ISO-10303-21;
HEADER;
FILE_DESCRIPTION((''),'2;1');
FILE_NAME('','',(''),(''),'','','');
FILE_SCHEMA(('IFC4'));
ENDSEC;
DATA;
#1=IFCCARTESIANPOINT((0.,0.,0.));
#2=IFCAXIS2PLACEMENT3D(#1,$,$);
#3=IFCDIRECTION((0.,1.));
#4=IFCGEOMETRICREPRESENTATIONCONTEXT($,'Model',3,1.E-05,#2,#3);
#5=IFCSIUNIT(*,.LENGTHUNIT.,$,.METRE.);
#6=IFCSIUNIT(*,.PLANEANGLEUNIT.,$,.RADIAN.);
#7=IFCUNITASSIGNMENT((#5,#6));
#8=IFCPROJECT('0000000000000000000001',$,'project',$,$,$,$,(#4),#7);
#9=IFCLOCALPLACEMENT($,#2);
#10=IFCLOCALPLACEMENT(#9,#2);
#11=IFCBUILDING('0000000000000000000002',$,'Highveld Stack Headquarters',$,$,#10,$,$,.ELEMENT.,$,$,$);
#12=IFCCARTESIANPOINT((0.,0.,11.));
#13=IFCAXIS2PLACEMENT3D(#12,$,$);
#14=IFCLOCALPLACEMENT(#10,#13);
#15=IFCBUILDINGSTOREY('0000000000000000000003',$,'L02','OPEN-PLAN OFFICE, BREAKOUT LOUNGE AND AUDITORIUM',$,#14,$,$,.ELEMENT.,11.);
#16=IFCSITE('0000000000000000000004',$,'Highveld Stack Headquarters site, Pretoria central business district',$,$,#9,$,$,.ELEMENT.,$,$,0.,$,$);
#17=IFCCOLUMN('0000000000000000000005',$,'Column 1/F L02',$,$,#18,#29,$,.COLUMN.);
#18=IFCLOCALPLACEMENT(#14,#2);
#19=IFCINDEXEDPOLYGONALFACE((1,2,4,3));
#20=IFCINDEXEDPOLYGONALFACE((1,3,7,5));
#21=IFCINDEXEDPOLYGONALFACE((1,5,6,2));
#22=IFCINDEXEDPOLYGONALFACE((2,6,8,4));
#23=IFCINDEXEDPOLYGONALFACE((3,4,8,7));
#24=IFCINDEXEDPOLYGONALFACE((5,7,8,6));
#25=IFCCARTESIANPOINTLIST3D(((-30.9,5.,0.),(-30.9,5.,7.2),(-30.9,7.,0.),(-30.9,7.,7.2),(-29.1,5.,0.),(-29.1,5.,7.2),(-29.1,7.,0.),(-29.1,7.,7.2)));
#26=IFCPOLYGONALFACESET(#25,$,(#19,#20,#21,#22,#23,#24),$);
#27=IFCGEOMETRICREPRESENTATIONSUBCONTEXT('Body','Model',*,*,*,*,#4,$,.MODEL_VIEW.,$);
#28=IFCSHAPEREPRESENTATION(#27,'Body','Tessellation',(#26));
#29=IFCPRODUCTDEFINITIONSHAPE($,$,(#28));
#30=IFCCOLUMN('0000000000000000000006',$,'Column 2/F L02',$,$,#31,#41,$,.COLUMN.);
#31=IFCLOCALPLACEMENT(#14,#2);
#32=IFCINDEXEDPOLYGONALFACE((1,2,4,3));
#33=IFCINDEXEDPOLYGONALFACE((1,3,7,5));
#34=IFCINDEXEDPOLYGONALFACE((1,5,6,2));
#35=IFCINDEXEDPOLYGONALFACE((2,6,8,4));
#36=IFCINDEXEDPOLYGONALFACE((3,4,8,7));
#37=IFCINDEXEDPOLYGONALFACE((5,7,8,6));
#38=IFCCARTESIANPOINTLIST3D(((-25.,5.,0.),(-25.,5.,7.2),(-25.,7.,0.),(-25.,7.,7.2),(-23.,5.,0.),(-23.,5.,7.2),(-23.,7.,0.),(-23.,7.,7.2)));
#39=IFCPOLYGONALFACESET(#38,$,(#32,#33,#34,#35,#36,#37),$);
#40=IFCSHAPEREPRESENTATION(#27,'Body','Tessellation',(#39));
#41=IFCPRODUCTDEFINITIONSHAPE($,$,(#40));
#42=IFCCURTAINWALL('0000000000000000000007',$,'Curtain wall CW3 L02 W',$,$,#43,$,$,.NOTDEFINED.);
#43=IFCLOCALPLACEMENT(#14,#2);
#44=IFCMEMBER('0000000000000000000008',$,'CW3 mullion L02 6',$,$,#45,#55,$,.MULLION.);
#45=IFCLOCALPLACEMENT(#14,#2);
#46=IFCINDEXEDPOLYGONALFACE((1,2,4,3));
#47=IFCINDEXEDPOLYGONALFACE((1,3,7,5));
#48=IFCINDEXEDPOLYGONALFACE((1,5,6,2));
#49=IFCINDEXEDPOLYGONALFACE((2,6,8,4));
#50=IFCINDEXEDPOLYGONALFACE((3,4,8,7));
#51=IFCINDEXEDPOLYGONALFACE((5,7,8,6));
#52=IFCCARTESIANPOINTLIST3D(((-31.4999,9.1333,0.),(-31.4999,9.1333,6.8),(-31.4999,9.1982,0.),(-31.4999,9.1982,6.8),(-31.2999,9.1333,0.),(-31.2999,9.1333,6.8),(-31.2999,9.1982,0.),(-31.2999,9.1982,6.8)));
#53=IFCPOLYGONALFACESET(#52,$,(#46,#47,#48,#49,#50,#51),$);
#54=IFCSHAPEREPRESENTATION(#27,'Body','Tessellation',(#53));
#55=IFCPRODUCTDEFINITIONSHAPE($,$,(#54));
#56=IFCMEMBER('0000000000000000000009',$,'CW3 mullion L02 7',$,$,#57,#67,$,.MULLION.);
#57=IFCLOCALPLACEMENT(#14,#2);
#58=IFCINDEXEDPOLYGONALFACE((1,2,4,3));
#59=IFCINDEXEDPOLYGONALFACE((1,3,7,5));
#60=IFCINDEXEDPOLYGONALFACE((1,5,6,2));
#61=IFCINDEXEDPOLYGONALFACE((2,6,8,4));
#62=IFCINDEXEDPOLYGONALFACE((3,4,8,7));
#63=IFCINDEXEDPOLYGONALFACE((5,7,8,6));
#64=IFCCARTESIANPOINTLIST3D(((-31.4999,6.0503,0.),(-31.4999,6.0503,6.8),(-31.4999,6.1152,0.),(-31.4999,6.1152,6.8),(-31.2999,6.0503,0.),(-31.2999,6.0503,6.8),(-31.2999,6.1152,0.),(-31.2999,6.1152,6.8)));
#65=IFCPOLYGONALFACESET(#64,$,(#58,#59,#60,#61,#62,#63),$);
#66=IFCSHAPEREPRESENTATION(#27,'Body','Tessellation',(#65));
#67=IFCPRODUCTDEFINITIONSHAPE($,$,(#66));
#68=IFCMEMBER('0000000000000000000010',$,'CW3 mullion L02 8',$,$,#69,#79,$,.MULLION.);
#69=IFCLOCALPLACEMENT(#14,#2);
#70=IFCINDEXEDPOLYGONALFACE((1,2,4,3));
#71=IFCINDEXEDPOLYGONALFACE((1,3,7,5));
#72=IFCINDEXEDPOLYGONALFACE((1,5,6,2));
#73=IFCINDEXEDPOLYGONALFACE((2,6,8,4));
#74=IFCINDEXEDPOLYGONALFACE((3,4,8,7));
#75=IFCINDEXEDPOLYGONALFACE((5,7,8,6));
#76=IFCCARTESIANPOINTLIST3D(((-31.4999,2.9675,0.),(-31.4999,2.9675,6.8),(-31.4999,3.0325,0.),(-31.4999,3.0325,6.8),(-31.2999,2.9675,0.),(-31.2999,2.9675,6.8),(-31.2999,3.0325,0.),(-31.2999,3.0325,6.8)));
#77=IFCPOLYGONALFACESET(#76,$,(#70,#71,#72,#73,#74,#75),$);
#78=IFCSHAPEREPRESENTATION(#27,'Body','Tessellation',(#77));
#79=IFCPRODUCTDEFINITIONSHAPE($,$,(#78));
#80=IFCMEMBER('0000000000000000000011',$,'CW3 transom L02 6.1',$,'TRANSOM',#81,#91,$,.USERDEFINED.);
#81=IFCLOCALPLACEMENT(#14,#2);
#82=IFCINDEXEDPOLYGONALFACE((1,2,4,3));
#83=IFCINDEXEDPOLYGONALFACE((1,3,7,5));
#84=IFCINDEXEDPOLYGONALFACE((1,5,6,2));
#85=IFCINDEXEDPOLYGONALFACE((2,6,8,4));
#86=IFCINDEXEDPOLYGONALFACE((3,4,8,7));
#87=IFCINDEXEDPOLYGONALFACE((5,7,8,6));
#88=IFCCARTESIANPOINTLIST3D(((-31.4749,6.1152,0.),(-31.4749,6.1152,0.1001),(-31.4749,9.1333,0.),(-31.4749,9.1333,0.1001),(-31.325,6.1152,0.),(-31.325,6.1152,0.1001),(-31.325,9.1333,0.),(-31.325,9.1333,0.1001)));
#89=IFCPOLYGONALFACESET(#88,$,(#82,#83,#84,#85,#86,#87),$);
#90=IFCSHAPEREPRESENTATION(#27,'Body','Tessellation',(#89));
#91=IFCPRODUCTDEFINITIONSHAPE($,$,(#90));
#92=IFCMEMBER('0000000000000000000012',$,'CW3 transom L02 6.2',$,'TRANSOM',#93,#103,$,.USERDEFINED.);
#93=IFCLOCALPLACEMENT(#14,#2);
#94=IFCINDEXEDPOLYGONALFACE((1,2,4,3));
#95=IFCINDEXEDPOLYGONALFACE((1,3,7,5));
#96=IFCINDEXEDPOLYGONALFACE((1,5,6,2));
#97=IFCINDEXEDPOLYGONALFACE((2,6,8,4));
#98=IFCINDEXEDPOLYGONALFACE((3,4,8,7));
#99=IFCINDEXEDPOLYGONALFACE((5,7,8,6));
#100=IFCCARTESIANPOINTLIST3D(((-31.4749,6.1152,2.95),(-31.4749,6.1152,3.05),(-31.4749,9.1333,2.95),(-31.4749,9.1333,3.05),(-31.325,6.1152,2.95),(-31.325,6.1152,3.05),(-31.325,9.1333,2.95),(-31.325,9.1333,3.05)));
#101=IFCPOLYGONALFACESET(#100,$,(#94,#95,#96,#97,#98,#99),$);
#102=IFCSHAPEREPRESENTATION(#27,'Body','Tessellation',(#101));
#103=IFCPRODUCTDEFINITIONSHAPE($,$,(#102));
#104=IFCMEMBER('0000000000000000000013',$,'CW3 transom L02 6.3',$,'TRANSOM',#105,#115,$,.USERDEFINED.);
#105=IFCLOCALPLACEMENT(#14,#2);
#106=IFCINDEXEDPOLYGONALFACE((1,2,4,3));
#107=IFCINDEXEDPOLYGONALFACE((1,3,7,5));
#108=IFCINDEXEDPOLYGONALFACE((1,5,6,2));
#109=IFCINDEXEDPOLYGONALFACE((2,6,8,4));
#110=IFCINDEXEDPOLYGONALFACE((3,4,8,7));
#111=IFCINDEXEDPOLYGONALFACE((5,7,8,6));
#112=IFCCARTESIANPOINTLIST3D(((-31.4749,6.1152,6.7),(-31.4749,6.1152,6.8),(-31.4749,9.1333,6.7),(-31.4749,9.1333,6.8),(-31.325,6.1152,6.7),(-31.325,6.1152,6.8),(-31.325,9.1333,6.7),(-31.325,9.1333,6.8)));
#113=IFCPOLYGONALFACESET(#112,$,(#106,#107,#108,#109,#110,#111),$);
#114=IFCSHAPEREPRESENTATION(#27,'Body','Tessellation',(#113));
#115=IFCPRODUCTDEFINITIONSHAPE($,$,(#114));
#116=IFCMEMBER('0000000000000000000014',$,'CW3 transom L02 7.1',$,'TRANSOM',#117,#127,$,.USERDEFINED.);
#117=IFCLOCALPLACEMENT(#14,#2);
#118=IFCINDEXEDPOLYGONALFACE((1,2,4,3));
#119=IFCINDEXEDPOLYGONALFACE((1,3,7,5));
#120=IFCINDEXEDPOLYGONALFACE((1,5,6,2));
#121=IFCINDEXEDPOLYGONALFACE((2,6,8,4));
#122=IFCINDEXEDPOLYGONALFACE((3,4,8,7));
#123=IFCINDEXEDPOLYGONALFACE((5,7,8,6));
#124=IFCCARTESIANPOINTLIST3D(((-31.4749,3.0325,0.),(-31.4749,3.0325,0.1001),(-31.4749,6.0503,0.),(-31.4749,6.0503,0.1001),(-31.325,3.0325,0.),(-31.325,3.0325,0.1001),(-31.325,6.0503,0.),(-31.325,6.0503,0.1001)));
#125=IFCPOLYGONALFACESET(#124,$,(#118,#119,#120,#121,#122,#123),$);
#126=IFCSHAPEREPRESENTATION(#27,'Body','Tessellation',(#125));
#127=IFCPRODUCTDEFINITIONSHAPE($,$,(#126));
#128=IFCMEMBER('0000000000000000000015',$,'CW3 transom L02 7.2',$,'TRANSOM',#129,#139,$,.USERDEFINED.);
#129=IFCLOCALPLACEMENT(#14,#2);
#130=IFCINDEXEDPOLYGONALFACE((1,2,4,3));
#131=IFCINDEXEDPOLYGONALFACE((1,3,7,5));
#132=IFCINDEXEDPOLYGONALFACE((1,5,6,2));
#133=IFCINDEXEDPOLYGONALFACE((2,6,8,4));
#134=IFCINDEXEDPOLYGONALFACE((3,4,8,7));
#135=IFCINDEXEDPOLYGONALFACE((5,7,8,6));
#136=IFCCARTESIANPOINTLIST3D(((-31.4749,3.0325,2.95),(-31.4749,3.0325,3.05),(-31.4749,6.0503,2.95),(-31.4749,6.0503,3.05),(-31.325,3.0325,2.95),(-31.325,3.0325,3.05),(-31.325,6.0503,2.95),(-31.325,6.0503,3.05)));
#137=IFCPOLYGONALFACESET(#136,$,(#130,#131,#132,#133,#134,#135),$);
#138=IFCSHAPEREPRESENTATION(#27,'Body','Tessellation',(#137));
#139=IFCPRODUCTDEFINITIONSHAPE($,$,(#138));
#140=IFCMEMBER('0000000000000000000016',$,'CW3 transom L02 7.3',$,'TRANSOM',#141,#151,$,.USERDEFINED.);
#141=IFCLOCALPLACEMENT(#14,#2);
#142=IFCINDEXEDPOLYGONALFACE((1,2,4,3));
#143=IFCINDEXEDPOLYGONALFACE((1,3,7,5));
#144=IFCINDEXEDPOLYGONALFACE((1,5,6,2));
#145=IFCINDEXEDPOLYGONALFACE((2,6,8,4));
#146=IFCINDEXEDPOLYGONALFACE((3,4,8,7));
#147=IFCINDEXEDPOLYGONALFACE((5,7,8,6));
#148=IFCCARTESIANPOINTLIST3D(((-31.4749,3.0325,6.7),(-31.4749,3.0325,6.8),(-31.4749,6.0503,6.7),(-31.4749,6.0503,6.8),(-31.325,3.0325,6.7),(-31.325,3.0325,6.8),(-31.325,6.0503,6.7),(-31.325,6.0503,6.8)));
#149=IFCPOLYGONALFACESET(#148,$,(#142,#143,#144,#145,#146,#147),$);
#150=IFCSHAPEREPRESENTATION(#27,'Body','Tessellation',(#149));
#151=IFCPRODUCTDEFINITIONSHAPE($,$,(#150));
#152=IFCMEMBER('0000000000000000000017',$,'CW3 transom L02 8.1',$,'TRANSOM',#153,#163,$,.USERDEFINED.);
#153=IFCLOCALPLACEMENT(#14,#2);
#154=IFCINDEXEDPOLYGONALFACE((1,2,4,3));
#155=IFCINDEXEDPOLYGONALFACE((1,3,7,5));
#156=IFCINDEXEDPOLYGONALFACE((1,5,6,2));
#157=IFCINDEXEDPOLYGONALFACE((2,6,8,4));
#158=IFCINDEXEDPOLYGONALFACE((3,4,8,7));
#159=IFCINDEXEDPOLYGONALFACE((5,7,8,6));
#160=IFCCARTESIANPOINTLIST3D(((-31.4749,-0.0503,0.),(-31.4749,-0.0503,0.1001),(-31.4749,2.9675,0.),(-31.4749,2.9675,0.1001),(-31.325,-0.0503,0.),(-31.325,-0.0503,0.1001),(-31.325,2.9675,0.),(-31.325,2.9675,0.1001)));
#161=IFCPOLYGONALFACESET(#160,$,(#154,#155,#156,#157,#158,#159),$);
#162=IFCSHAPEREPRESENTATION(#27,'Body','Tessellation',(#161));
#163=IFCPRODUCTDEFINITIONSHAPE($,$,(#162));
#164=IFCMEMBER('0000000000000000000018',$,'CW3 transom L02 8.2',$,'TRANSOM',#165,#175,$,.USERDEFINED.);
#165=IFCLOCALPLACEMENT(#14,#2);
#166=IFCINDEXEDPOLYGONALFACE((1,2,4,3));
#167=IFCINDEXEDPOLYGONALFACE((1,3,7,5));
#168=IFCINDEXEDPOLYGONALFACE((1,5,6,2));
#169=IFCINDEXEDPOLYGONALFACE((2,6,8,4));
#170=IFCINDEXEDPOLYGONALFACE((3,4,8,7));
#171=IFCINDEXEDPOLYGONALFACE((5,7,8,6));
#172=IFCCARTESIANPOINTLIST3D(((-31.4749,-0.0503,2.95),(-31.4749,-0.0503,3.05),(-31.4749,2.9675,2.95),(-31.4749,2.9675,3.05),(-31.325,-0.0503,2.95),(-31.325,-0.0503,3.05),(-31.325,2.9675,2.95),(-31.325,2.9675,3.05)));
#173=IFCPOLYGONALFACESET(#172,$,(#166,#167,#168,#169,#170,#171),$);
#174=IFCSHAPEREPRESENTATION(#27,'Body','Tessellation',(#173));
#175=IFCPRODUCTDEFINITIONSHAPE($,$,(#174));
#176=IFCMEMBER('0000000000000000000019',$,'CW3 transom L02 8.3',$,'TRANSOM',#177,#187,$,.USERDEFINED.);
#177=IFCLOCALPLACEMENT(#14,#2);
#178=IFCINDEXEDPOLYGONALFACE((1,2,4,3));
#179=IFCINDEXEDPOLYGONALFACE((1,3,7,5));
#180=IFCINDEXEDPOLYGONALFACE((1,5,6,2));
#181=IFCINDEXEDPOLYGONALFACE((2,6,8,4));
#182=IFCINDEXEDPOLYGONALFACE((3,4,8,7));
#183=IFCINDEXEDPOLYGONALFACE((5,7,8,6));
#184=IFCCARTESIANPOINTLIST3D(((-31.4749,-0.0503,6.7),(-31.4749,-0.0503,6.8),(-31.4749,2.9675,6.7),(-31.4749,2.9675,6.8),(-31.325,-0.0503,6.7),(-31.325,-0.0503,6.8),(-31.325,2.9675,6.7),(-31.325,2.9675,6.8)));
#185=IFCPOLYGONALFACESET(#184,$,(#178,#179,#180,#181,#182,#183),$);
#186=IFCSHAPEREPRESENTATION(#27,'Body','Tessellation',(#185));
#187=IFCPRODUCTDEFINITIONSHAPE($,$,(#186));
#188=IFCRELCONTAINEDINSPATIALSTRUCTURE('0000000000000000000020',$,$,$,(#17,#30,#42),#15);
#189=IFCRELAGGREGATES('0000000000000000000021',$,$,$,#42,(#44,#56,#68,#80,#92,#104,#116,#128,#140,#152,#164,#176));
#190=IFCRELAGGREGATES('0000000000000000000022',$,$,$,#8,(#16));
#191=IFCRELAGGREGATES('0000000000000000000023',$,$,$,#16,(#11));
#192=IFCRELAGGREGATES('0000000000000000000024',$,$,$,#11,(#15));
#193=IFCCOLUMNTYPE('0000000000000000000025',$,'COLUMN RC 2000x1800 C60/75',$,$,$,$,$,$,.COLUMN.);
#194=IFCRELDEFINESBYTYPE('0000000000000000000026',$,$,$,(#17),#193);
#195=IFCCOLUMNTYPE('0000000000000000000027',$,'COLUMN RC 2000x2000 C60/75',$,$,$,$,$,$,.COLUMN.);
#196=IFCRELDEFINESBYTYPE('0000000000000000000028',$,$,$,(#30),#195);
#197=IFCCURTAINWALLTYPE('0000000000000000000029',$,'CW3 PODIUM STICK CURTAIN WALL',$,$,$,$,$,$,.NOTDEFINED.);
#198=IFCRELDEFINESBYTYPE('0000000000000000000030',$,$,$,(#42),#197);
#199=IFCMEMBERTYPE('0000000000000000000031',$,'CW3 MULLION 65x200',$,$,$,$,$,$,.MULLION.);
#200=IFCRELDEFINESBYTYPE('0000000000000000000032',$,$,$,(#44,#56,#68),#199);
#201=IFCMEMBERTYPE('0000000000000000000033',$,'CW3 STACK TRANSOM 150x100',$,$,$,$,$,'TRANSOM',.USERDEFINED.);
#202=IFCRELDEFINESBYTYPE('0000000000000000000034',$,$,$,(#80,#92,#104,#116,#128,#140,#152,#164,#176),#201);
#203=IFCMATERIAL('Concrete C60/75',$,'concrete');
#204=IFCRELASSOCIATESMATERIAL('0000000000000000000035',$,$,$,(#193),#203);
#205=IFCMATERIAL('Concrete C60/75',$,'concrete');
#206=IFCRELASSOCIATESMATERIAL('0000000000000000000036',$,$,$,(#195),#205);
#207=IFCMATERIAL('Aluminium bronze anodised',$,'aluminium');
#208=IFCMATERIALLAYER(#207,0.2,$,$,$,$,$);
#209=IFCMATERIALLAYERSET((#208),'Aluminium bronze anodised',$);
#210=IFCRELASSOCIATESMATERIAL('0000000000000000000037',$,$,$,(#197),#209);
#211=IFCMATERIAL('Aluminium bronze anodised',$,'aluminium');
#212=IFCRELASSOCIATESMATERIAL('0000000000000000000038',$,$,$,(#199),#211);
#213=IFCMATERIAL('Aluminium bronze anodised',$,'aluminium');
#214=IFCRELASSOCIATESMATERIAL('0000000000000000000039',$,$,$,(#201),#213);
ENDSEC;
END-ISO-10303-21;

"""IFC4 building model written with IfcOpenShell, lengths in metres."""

from ifc_helpers import new_model, si_unit, direction, frame, origin, origin_2d, place, context, subcontext, project, spatial, rectangle, extrude, material, layer, layer_set, material_profile, profile_set, type_object, element, aggregate, save


model = new_model("IFC4")

# Units and contexts
model_context = context("Model", 3, precision=1e-05, world=origin(), true_north=direction((0.0, 1.0)))
body_context = subcontext(model_context, "Body", "Model", "MODEL_VIEW")
ifc_project = project(units=[si_unit("LENGTHUNIT", "METRE"), si_unit("PLANEANGLEUNIT", "RADIAN")], contexts=[model_context])

# Site, building, storey
site_placement = place(None, origin())
site = spatial("IfcSite", under=ifc_project, at=site_placement, Name="Highveld Stack Headquarters site, Pretoria central business district", CompositionType="ELEMENT", RefElevation=0.0)
building_placement = place(site_placement, origin())
building = spatial("IfcBuilding", under=site, at=building_placement, Name="Highveld Stack Headquarters", CompositionType="ELEMENT")
storey_placement = place(building_placement, frame((0.0, 0.0, 11.0)))
storey = spatial("IfcBuildingStorey", under=building, at=storey_placement, Name="L02", Description="OPEN-PLAN OFFICE, BREAKOUT LOUNGE AND AUDITORIUM", CompositionType="ELEMENT", Elevation=11.0)

# Columns
ifc_material_1 = material(Name="Concrete C60/75", Category="concrete")
ifc_material_profile_1 = material_profile(ifc_material_1, rectangle(XDim=2.0, YDim=1.8, at=origin_2d()), Name="RC 2000x1800")
ifc_profile_set_1 = profile_set([ifc_material_profile_1], Name="Concrete C60/75")
column_type_1 = type_object("IfcColumnType", Name="COLUMN RC 2000x1800 C60/75", PredefinedType="COLUMN", material=ifc_profile_set_1)
column_1_placement = place(storey_placement, frame((-30.0, 6.0, 0.0), z_axis=(0.0, 0.0, 1.0), x_axis=(0.0, 1.0, 0.0)))
element("IfcColumn", 1, at=column_1_placement, inside=storey, type_object=column_type_1, Name="Column 1/F L02", PredefinedType="COLUMN", context=body_context, shape_type="SweptSolid", body=[
    extrude(rectangle(XDim=2.0, YDim=1.8, at=origin_2d()), origin(), (0.0, 0.0, 1.0), 7.2),
])
ifc_material_2 = material(Name="Concrete C60/75", Category="concrete")
ifc_material_profile_2 = material_profile(ifc_material_2, rectangle(XDim=2.0, YDim=2.0, at=origin_2d()), Name="RC 2000x2000")
ifc_profile_set_2 = profile_set([ifc_material_profile_2], Name="Concrete C60/75")
column_type_2 = type_object("IfcColumnType", Name="COLUMN RC 2000x2000 C60/75", PredefinedType="COLUMN", material=ifc_profile_set_2)
column_2_placement = place(storey_placement, frame((-24.0, 6.0, 0.0), z_axis=(0.0, 0.0, 1.0), x_axis=(1.0, 0.0, 0.0)))
element("IfcColumn", 2, at=column_2_placement, inside=storey, type_object=column_type_2, Name="Column 2/F L02", PredefinedType="COLUMN", context=body_context, shape_type="SweptSolid", body=[
    extrude(rectangle(XDim=2.0, YDim=2.0, at=origin_2d()), origin(), (0.0, 0.0, 1.0), 7.2),
])

# Curtain wall, members
ifc_material_3 = material(Name="Aluminium bronze anodised", Category="aluminium")
ifc_layer_1 = layer(ifc_material_3, 0.2)
ifc_layer_set_1 = layer_set([ifc_layer_1], Name="Aluminium bronze anodised")
curtain_wall_type = type_object("IfcCurtainWallType", Name="CW3 PODIUM STICK CURTAIN WALL", PredefinedType="NOTDEFINED", material=ifc_layer_set_1)
curtain_wall_placement = place(storey_placement, origin())
curtain_wall = element("IfcCurtainWall", 3, at=curtain_wall_placement, inside=storey, type_object=curtain_wall_type, Name="Curtain wall CW3 L02 W", PredefinedType="NOTDEFINED")
ifc_material_4 = material(Name="Aluminium bronze anodised", Category="aluminium")
ifc_material_profile_3 = material_profile(ifc_material_4, rectangle(XDim=0.2, YDim=0.0649, at=origin_2d()), Name="CW3 MULLION 65x200")
ifc_profile_set_3 = profile_set([ifc_material_profile_3], Name="Aluminium bronze anodised")
member_type_1 = type_object("IfcMemberType", Name="CW3 MULLION 65x200", PredefinedType="MULLION", material=ifc_profile_set_3)
member_1_placement = place(storey_placement, frame((-31.3999, 9.1658, 0.0), z_axis=(0.0, 0.0, 1.0), x_axis=(1.0, 0.0, 0.0)))
member_1 = element("IfcMember", 4, at=member_1_placement, type_object=member_type_1, Name="CW3 mullion L02 6", PredefinedType="MULLION", context=body_context, shape_type="SweptSolid", body=[
    extrude(rectangle(XDim=0.2, YDim=0.0649, at=origin_2d()), origin(), (0.0, 0.0, 1.0), 6.8),
])
member_2_placement = place(storey_placement, frame((-31.3999, 6.0828, 0.0), z_axis=(0.0, 0.0, 1.0), x_axis=(1.0, 0.0, 0.0)))
member_2 = element("IfcMember", 5, at=member_2_placement, type_object=member_type_1, Name="CW3 mullion L02 7", PredefinedType="MULLION", context=body_context, shape_type="SweptSolid", body=[
    extrude(rectangle(XDim=0.2, YDim=0.0649, at=origin_2d()), origin(), (0.0, 0.0, 1.0), 6.8),
])
member_3_placement = place(storey_placement, frame((-31.3999, 3.0, 0.0), z_axis=(0.0, 0.0, 1.0), x_axis=(1.0, 0.0, 0.0)))
member_3 = element("IfcMember", 6, at=member_3_placement, type_object=member_type_1, Name="CW3 mullion L02 8", PredefinedType="MULLION", context=body_context, shape_type="SweptSolid", body=[
    extrude(rectangle(XDim=0.2, YDim=0.0649, at=origin_2d()), origin(), (0.0, 0.0, 1.0), 6.8),
])
ifc_material_5 = material(Name="Aluminium bronze anodised", Category="aluminium")
ifc_material_profile_4 = material_profile(ifc_material_5, rectangle(XDim=0.1499, YDim=0.1001, at=origin_2d()), Name="CW3 TRANSOM 150x100")
ifc_profile_set_4 = profile_set([ifc_material_profile_4], Name="Aluminium bronze anodised")
member_type_2 = type_object("IfcMemberType", Name="CW3 STACK TRANSOM 150x100", ElementType="TRANSOM", PredefinedType="USERDEFINED", material=ifc_profile_set_4)
member_4_placement = place(storey_placement, frame((-31.3999, 9.1333, 0.05), z_axis=(0.0, -1.0, 0.0), x_axis=(1.0, 0.0, 0.0)))
member_4 = element("IfcMember", 7, at=member_4_placement, type_object=member_type_2, Name="CW3 transom L02 6.1", ObjectType="TRANSOM", PredefinedType="USERDEFINED", context=body_context, shape_type="SweptSolid", body=[
    extrude(rectangle(XDim=0.1499, YDim=0.1001, at=origin_2d()), origin(), (0.0, 0.0, 1.0), 3.0181),
])
member_5_placement = place(storey_placement, frame((-31.3999, 9.1333, 3.0), z_axis=(0.0, -1.0, 0.0), x_axis=(1.0, 0.0, 0.0)))
member_5 = element("IfcMember", 8, at=member_5_placement, type_object=member_type_2, Name="CW3 transom L02 6.2", ObjectType="TRANSOM", PredefinedType="USERDEFINED", context=body_context, shape_type="SweptSolid", body=[
    extrude(rectangle(XDim=0.1499, YDim=0.1001, at=origin_2d()), origin(), (0.0, 0.0, 1.0), 3.0181),
])
member_6_placement = place(storey_placement, frame((-31.3999, 9.1333, 6.75), z_axis=(0.0, -1.0, 0.0), x_axis=(1.0, 0.0, 0.0)))
member_6 = element("IfcMember", 9, at=member_6_placement, type_object=member_type_2, Name="CW3 transom L02 6.3", ObjectType="TRANSOM", PredefinedType="USERDEFINED", context=body_context, shape_type="SweptSolid", body=[
    extrude(rectangle(XDim=0.1499, YDim=0.1001, at=origin_2d()), origin(), (0.0, 0.0, 1.0), 3.0181),
])
member_7_placement = place(storey_placement, frame((-31.3999, 6.0503, 0.05), z_axis=(0.0, -1.0, 0.0), x_axis=(1.0, 0.0, 0.0)))
member_7 = element("IfcMember", 10, at=member_7_placement, type_object=member_type_2, Name="CW3 transom L02 7.1", ObjectType="TRANSOM", PredefinedType="USERDEFINED", context=body_context, shape_type="SweptSolid", body=[
    extrude(rectangle(XDim=0.1499, YDim=0.1001, at=origin_2d()), origin(), (0.0, 0.0, 1.0), 3.0178),
])
member_8_placement = place(storey_placement, frame((-31.3999, 6.0503, 3.0), z_axis=(0.0, -1.0, 0.0), x_axis=(1.0, 0.0, 0.0)))
member_8 = element("IfcMember", 11, at=member_8_placement, type_object=member_type_2, Name="CW3 transom L02 7.2", ObjectType="TRANSOM", PredefinedType="USERDEFINED", context=body_context, shape_type="SweptSolid", body=[
    extrude(rectangle(XDim=0.1499, YDim=0.1001, at=origin_2d()), origin(), (0.0, 0.0, 1.0), 3.0178),
])
member_9_placement = place(storey_placement, frame((-31.3999, 6.0503, 6.75), z_axis=(0.0, -1.0, 0.0), x_axis=(1.0, 0.0, 0.0)))
member_9 = element("IfcMember", 12, at=member_9_placement, type_object=member_type_2, Name="CW3 transom L02 7.3", ObjectType="TRANSOM", PredefinedType="USERDEFINED", context=body_context, shape_type="SweptSolid", body=[
    extrude(rectangle(XDim=0.1499, YDim=0.1001, at=origin_2d()), origin(), (0.0, 0.0, 1.0), 3.0178),
])
member_10_placement = place(storey_placement, frame((-31.3999, 2.9675, 0.05), z_axis=(0.0, -1.0, 0.0), x_axis=(1.0, 0.0, 0.0)))
member_10 = element("IfcMember", 13, at=member_10_placement, type_object=member_type_2, Name="CW3 transom L02 8.1", ObjectType="TRANSOM", PredefinedType="USERDEFINED", context=body_context, shape_type="SweptSolid", body=[
    extrude(rectangle(XDim=0.1499, YDim=0.1001, at=origin_2d()), origin(), (0.0, 0.0, 1.0), 3.0178),
])
member_11_placement = place(storey_placement, frame((-31.3999, 2.9675, 3.0), z_axis=(0.0, -1.0, 0.0), x_axis=(1.0, 0.0, 0.0)))
member_11 = element("IfcMember", 14, at=member_11_placement, type_object=member_type_2, Name="CW3 transom L02 8.2", ObjectType="TRANSOM", PredefinedType="USERDEFINED", context=body_context, shape_type="SweptSolid", body=[
    extrude(rectangle(XDim=0.1499, YDim=0.1001, at=origin_2d()), origin(), (0.0, 0.0, 1.0), 3.0178),
])
member_12_placement = place(storey_placement, frame((-31.3999, 2.9675, 6.75), z_axis=(0.0, -1.0, 0.0), x_axis=(1.0, 0.0, 0.0)))
member_12 = element("IfcMember", 15, at=member_12_placement, type_object=member_type_2, Name="CW3 transom L02 8.3", ObjectType="TRANSOM", PredefinedType="USERDEFINED", context=body_context, shape_type="SweptSolid", body=[
    extrude(rectangle(XDim=0.1499, YDim=0.1001, at=origin_2d()), origin(), (0.0, 0.0, 1.0), 3.0178),
])
aggregate(curtain_wall, [member_1, member_2, member_3, member_4, member_5, member_6, member_7, member_8, member_9, member_10, member_11, member_12])

save(model, "model.ifc")
